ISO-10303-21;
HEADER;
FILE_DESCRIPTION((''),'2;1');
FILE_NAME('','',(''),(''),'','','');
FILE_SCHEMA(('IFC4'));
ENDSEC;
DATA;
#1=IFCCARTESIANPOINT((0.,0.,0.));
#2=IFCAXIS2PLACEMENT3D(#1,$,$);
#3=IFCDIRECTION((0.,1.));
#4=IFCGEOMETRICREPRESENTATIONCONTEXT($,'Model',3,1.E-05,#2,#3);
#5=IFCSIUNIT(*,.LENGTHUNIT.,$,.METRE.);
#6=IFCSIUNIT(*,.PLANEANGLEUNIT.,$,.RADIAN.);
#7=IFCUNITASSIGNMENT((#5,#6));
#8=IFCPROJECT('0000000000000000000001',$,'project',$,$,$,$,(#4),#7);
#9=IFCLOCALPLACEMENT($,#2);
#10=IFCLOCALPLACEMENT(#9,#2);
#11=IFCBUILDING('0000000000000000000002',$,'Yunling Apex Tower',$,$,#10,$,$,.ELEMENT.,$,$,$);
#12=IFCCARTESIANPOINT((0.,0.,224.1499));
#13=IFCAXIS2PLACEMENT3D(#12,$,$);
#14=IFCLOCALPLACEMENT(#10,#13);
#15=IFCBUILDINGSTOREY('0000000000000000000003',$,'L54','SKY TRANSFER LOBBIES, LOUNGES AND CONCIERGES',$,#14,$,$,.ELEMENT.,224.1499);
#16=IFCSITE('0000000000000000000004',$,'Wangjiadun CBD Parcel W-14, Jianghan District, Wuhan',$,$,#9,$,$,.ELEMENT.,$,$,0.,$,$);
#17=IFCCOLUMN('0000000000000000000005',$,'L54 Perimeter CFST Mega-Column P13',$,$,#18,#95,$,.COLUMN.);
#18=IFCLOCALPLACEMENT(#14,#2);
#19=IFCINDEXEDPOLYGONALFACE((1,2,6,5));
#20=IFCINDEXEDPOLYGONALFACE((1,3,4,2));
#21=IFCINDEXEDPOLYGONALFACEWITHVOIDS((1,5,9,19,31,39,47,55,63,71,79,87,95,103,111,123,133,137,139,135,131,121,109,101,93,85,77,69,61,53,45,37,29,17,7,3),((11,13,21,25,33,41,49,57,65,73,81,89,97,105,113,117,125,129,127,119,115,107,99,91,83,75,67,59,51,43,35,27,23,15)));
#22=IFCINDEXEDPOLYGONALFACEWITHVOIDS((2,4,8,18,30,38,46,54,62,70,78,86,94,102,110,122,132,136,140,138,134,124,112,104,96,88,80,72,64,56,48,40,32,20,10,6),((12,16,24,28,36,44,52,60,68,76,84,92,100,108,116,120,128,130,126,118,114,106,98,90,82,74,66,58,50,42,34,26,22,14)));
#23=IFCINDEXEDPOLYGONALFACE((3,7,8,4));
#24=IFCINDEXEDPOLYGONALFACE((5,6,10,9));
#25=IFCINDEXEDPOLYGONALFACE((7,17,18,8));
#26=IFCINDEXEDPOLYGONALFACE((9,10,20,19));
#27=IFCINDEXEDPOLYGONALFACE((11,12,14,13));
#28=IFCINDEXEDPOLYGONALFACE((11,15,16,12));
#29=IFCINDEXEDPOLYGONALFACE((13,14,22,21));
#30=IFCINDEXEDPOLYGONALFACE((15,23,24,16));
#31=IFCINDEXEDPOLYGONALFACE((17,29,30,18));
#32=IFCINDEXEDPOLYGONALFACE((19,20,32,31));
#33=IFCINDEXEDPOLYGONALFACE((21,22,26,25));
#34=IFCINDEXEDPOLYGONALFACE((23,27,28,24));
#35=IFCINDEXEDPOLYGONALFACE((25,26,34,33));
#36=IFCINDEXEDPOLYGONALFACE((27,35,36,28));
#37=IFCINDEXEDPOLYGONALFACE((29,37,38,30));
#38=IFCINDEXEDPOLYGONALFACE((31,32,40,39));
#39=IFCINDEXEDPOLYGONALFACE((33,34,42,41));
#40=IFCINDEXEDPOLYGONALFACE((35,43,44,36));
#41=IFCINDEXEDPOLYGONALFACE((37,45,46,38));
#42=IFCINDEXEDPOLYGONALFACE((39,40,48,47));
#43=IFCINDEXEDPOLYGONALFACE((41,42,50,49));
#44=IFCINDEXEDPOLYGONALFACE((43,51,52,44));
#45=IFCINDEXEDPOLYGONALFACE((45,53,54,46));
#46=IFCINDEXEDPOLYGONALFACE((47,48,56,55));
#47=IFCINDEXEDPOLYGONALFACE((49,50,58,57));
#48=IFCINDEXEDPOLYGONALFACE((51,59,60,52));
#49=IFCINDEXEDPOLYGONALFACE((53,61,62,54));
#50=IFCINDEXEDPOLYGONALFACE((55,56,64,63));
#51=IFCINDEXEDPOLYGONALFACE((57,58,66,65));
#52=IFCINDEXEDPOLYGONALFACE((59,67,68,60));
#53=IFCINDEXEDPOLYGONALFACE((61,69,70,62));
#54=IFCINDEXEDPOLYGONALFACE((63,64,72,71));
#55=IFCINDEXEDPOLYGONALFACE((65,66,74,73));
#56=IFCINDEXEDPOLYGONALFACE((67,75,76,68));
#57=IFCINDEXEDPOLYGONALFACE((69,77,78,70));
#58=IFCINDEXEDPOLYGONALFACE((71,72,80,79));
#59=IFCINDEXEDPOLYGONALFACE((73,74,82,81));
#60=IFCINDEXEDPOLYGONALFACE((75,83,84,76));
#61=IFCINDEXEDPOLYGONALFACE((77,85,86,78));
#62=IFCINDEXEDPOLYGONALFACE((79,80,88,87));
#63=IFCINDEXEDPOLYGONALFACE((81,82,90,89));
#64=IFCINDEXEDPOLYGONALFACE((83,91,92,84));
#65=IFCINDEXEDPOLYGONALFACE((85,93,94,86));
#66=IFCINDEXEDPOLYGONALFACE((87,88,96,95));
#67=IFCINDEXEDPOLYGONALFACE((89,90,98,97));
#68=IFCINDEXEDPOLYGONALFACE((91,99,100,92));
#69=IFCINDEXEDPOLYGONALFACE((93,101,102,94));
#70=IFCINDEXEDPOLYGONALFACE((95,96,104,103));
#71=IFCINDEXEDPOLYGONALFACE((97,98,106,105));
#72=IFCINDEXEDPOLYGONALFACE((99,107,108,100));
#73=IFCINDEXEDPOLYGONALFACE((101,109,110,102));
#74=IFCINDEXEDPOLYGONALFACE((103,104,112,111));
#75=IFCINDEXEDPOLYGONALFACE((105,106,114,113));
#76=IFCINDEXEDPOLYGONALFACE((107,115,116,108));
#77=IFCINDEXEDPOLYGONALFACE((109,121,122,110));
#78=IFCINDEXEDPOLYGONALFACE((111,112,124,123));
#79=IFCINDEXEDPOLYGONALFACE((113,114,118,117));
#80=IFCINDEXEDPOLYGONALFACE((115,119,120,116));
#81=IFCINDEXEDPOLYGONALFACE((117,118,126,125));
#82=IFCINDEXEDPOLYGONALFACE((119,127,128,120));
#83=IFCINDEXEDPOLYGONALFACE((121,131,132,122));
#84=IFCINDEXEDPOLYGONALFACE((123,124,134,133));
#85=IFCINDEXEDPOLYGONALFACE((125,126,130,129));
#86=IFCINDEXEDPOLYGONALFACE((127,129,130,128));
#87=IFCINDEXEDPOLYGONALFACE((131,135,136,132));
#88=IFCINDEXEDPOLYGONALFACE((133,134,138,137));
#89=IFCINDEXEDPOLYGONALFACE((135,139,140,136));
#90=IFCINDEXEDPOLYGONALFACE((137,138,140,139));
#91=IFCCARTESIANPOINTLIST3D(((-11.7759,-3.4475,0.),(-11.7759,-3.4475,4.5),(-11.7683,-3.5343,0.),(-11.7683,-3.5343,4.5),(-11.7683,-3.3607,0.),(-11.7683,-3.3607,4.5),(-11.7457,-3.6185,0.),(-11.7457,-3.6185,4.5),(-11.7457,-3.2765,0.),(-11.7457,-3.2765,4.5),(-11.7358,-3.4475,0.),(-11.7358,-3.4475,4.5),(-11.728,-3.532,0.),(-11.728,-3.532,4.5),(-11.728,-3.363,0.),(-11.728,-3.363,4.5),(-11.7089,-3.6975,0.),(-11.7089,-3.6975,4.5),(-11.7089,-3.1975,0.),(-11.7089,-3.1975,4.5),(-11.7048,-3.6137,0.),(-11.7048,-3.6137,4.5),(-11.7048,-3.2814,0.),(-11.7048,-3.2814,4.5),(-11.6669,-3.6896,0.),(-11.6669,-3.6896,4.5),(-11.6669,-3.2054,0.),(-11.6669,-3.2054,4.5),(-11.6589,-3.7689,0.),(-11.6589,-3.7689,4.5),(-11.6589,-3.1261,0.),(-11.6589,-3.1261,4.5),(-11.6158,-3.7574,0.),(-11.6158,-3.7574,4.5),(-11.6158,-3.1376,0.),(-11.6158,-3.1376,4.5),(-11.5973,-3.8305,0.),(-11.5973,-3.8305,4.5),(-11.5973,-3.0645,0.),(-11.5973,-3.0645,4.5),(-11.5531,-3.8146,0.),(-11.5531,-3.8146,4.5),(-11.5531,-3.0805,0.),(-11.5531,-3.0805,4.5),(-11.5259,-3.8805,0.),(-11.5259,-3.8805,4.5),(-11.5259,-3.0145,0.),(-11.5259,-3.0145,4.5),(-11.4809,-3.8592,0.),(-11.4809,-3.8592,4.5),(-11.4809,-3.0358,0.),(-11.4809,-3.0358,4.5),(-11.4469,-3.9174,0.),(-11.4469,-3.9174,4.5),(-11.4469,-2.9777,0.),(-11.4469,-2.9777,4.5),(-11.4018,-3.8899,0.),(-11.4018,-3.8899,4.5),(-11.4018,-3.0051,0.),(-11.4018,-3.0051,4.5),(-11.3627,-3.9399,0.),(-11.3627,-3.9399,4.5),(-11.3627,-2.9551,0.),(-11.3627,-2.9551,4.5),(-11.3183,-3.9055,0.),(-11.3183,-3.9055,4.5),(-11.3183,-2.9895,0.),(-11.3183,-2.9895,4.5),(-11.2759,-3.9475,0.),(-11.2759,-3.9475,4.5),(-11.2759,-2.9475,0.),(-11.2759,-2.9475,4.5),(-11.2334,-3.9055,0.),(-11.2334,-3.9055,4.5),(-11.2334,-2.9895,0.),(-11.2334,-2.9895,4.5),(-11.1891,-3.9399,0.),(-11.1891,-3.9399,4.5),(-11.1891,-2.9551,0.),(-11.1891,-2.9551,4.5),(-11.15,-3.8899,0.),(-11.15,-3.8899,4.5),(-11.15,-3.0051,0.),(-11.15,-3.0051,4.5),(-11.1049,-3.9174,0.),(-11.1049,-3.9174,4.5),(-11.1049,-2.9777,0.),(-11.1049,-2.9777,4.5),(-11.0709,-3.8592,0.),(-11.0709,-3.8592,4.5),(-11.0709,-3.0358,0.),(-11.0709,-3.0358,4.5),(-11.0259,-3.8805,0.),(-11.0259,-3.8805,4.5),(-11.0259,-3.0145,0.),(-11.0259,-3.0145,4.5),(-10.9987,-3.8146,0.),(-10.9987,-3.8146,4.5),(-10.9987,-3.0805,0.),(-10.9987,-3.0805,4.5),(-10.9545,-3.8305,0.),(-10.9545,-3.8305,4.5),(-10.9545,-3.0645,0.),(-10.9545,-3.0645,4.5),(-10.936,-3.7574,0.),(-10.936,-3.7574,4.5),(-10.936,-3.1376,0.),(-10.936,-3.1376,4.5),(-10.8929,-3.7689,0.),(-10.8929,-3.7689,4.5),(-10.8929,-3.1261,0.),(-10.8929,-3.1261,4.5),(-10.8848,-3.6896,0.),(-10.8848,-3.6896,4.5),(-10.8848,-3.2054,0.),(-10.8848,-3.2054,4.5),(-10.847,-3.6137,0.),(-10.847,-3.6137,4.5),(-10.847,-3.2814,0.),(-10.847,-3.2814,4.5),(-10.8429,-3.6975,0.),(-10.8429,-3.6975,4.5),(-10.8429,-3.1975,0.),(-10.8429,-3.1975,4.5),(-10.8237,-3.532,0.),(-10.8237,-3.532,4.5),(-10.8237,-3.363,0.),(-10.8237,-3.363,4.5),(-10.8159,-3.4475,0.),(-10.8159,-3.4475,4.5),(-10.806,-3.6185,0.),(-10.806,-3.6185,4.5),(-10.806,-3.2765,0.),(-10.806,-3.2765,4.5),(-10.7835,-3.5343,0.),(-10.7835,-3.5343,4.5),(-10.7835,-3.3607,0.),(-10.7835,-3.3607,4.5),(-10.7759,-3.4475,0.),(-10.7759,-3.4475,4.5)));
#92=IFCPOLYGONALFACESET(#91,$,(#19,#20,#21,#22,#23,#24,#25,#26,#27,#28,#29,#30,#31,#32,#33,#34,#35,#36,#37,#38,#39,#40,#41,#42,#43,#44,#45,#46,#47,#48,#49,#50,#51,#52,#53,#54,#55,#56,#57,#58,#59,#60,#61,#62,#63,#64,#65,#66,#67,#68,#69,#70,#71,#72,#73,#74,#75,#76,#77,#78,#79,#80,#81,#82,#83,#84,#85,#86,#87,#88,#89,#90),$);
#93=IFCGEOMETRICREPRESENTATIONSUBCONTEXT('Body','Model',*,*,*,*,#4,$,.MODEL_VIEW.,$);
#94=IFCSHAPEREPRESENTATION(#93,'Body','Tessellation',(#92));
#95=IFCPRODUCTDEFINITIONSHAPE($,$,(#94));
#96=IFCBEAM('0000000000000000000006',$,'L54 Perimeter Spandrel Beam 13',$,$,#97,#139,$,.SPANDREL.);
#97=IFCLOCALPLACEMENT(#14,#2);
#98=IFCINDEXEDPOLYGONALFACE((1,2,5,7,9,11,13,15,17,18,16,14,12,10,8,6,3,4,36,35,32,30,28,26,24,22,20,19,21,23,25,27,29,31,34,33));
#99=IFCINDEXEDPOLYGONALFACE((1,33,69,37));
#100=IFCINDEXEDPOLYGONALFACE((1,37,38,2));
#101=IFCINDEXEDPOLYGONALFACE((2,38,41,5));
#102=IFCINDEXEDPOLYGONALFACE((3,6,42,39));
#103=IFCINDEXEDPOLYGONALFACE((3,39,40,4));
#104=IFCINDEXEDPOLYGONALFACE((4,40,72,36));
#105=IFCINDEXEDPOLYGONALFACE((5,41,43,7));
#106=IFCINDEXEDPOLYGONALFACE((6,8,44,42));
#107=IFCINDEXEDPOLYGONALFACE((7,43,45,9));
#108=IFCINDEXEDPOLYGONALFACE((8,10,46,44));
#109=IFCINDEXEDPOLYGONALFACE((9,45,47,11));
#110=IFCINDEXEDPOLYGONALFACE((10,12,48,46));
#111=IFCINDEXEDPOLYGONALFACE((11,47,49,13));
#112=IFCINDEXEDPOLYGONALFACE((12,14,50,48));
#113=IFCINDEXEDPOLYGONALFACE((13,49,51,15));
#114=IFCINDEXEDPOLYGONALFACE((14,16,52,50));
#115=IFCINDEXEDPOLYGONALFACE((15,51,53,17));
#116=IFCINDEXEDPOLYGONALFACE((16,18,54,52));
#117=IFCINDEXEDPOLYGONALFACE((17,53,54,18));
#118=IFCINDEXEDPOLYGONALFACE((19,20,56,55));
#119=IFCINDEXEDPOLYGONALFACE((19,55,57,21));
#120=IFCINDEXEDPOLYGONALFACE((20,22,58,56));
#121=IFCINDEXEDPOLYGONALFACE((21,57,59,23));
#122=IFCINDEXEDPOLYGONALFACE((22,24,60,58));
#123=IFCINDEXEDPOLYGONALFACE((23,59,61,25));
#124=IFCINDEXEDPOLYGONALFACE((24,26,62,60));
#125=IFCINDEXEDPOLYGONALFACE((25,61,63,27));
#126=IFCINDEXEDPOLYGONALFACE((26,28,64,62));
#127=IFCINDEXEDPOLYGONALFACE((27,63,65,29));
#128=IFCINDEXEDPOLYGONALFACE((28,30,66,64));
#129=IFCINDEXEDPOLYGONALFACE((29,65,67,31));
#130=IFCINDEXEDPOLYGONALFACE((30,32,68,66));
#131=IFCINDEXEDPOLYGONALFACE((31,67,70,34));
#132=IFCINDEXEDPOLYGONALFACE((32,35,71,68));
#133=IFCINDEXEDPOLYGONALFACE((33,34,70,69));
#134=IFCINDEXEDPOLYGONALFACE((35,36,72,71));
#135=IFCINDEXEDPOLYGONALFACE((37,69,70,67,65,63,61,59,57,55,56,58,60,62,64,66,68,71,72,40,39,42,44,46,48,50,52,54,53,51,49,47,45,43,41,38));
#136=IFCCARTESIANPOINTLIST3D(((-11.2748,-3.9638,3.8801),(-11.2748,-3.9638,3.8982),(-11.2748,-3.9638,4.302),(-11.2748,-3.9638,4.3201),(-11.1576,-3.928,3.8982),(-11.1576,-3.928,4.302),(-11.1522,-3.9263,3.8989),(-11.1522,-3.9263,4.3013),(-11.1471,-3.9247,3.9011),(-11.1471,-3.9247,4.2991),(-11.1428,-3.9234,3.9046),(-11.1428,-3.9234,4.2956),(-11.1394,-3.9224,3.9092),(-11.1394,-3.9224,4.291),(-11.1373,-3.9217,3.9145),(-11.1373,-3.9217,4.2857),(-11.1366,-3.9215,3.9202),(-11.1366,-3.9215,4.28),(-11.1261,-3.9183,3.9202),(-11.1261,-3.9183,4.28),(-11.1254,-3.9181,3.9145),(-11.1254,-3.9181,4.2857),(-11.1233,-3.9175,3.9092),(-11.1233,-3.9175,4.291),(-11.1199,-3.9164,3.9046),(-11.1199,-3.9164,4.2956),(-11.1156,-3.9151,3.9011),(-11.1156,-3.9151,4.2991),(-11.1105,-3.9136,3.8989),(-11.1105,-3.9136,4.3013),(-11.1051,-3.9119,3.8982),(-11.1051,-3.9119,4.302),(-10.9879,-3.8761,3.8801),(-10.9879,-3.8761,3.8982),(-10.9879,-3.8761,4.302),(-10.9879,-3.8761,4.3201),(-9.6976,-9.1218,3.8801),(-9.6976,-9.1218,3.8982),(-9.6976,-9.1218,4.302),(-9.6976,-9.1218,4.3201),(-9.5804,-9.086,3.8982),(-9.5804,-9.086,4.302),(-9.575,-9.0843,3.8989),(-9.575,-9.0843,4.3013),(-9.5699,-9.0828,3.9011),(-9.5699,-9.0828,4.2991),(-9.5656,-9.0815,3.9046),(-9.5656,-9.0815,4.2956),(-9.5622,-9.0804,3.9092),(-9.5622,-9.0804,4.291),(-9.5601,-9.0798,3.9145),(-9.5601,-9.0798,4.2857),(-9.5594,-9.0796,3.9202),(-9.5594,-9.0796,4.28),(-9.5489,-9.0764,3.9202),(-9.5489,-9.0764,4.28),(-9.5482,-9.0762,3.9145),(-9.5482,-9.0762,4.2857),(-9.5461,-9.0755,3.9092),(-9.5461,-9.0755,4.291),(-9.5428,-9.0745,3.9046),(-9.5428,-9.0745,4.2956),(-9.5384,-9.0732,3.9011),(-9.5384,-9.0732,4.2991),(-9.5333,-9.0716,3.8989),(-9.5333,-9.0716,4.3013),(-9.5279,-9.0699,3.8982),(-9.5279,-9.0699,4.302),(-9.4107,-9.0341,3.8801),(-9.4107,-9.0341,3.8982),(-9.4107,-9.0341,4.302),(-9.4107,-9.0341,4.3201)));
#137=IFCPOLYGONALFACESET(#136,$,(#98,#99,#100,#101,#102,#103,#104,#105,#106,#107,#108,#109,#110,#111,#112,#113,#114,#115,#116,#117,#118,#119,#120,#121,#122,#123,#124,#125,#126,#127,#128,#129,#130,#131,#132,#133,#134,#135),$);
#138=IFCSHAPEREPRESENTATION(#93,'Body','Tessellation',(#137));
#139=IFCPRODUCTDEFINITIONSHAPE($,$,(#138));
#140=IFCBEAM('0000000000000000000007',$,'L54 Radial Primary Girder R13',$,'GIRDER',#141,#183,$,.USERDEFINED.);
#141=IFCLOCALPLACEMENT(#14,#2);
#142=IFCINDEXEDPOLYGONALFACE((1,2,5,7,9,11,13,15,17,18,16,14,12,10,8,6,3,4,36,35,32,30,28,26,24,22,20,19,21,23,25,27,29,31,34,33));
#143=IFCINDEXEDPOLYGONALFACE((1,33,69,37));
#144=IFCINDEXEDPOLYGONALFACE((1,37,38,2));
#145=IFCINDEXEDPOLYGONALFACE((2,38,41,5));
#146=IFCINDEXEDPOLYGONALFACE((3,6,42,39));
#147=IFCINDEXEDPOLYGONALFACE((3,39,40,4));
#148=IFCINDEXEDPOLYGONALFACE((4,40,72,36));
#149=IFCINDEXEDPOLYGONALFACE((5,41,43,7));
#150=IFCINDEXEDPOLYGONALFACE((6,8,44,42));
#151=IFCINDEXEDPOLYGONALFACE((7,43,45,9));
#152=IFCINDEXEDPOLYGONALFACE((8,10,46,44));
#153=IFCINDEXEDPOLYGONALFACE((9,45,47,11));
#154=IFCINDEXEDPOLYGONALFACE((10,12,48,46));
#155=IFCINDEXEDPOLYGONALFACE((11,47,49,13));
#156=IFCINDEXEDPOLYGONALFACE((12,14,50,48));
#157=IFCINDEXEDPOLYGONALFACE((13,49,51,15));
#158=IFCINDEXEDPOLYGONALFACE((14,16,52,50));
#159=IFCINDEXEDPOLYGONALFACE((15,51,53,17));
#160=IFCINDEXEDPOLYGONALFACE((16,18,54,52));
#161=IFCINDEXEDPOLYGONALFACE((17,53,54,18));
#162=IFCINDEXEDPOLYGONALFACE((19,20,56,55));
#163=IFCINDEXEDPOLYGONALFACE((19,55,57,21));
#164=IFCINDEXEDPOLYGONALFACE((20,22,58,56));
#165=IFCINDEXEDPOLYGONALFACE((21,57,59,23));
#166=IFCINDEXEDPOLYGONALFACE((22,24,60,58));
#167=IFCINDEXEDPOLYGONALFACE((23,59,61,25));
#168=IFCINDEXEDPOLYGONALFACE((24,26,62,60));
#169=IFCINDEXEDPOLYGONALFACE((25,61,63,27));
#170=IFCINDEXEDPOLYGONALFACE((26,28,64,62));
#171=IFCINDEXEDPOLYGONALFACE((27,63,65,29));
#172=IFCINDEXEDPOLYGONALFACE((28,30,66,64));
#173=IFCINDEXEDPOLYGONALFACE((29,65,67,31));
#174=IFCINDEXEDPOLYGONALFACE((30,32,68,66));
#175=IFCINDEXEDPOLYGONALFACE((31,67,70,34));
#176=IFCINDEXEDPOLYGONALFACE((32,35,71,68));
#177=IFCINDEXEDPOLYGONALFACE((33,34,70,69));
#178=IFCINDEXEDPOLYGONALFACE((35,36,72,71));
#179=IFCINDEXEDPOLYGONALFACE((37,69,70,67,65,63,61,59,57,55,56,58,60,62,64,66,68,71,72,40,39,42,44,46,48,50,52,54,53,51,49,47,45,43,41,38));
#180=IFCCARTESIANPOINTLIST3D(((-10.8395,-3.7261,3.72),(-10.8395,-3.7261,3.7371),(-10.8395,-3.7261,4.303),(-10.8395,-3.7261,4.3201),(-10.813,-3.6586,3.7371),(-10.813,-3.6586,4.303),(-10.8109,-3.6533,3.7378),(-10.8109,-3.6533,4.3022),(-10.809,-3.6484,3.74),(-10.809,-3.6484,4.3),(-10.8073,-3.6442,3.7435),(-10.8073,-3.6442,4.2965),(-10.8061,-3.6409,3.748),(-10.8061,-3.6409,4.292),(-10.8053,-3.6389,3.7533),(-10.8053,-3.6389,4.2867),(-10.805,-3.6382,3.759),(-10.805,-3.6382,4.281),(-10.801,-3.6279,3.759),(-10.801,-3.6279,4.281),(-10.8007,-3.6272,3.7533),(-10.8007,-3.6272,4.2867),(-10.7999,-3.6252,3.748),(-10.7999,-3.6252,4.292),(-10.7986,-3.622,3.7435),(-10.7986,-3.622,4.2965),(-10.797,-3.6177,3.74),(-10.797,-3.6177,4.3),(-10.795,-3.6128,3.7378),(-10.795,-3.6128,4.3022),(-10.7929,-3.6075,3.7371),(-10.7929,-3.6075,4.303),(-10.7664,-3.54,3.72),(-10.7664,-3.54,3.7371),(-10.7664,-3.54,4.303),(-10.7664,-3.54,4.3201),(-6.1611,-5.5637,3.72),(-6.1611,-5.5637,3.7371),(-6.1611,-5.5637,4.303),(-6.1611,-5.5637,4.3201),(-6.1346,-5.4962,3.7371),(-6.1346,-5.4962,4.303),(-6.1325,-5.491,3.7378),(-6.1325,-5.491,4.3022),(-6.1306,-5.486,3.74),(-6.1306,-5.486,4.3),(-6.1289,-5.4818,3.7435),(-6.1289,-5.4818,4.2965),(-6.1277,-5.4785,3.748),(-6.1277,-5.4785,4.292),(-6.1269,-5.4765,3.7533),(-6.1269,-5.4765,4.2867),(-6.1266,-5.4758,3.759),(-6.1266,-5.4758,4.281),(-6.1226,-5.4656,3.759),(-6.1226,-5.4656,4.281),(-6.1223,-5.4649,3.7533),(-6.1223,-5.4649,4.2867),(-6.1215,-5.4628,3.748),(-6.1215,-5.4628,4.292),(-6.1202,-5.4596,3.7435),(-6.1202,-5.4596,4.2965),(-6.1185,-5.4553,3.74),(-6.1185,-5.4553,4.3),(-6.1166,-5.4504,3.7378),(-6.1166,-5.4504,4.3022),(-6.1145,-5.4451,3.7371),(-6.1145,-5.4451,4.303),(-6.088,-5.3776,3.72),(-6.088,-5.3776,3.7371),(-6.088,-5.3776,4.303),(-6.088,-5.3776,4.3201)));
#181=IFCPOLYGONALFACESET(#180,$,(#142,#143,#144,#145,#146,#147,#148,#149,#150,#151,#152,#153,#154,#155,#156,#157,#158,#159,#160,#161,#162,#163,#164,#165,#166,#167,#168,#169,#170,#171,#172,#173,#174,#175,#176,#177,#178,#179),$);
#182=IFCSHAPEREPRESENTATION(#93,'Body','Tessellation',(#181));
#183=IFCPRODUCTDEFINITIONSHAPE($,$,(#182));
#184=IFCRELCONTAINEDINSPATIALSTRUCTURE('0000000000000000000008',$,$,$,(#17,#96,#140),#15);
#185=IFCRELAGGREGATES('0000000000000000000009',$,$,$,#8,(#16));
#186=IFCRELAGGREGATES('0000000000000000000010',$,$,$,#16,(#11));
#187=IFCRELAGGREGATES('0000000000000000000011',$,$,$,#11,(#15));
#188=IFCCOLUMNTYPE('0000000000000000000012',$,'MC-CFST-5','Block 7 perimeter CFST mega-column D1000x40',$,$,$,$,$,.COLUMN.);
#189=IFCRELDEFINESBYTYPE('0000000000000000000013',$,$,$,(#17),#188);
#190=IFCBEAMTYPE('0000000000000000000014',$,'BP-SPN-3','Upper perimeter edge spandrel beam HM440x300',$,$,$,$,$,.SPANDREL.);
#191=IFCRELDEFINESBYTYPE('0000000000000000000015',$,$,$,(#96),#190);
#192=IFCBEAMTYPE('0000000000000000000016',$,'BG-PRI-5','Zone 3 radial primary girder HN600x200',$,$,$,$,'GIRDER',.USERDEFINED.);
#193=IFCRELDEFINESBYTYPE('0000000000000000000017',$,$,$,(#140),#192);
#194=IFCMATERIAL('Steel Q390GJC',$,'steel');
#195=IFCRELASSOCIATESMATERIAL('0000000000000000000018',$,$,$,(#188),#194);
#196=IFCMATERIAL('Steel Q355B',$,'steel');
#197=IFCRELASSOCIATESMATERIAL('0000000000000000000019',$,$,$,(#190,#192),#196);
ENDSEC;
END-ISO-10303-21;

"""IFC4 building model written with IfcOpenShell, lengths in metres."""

from ifc_helpers import new_model, si_unit, direction, frame, origin, origin_2d, place, context, subcontext, project, spatial, hollow_circle, i_section, extrude, source, transform, mapped, material, material_profile, profile_set, type_object, element, save


model = new_model("IFC4")

# Units and contexts
model_context = context("Model", 3, precision=1e-05, world=origin(), true_north=direction((0.0, 1.0)))
body_context = subcontext(model_context, "Body", "Model", "MODEL_VIEW")
ifc_project = project(units=[si_unit("LENGTHUNIT", "METRE"), si_unit("PLANEANGLEUNIT", "RADIAN")], contexts=[model_context])

# Site, building, storey
site_placement = place(None, origin())
site = spatial("IfcSite", under=ifc_project, at=site_placement, Name="Wangjiadun CBD Parcel W-14, Jianghan District, Wuhan", CompositionType="ELEMENT", RefElevation=0.0)
building_placement = place(site_placement, origin())
building = spatial("IfcBuilding", under=site, at=building_placement, Name="Yunling Apex Tower", CompositionType="ELEMENT")
storey_placement = place(building_placement, frame((0.0, 0.0, 224.1499)))
storey = spatial("IfcBuildingStorey", under=building, at=storey_placement, Name="L54", Description="SKY TRANSFER LOBBIES, LOUNGES AND CONCIERGES", CompositionType="ELEMENT", Elevation=224.1499)

# Column
ifc_material_1 = material(Name="Steel Q390GJC", Category="steel")
ifc_material_profile_1 = material_profile(ifc_material_1, hollow_circle(Radius=0.5, WallThickness=0.04, at=origin_2d()))
ifc_profile_set_1 = profile_set([ifc_material_profile_1], Name="Steel Q390GJC")
column_type = type_object("IfcColumnType", Name="MC-CFST-5", Description="Block 7 perimeter CFST mega-column D1000x40", PredefinedType="COLUMN", material=ifc_profile_set_1)
shared_shape_1 = source(origin(), body_context, "Body", "SweptSolid", [
    extrude(hollow_circle(Radius=0.5, WallThickness=0.04, at=origin_2d()), origin(), (0.0, 0.0, 1.0), 4.5),
])
column_placement = place(storey_placement, frame((-11.2759, -3.4475, 0.0), z_axis=(0.0, 0.0, 1.0), x_axis=(1.0, 0.0, 0.0)))
element("IfcColumn", 1, at=column_placement, inside=storey, type_object=column_type, Name="L54 Perimeter CFST Mega-Column P13", PredefinedType="COLUMN", context=body_context, shape_type="MappedRepresentation", body=[
    mapped(shared_shape_1, transform((0.0, 0.0, 0.0), scale=1.0)),
])

# Beams
ifc_material_2 = material(Name="Steel Q355B", Category="steel")
ifc_material_profile_2 = material_profile(ifc_material_2, i_section(OverallWidth=0.3, OverallDepth=0.4399, WebThickness=0.011, FlangeThickness=0.0181, FilletRadius=0.022, at=origin_2d()))
ifc_profile_set_2 = profile_set([ifc_material_profile_2], Name="Steel Q355B")
beam_type_1 = type_object("IfcBeamType", Name="BP-SPN-3", Description="Upper perimeter edge spandrel beam HM440x300", PredefinedType="SPANDREL", material=ifc_profile_set_2)
shared_shape_2 = source(origin(), body_context, "Body", "SweptSolid", [
    extrude(i_section(OverallWidth=0.3, OverallDepth=0.4399, WebThickness=0.011, FlangeThickness=0.0181, FilletRadius=0.022, at=origin_2d()), origin(), (0.0, 0.0, 1.0), 5.3938),
])
beam_1_placement = place(storey_placement, frame((-11.1313, -3.9199, 4.1001), z_axis=(0.292406, -0.956294, 0.0), x_axis=(0.956294, 0.292406, 0.0)))
element("IfcBeam", 2, at=beam_1_placement, inside=storey, type_object=beam_type_1, Name="L54 Perimeter Spandrel Beam 13", PredefinedType="SPANDREL", context=body_context, shape_type="MappedRepresentation", body=[
    mapped(shared_shape_2, transform((0.0, 0.0, 0.0), scale=1.0)),
])
ifc_material_profile_3 = material_profile(ifc_material_2, i_section(OverallWidth=0.2, OverallDepth=0.6001, WebThickness=0.011, FlangeThickness=0.0171, FilletRadius=0.022, at=origin_2d()))
ifc_profile_set_3 = profile_set([ifc_material_profile_3], Name="Steel Q355B")
beam_type_2 = type_object("IfcBeamType", Name="BG-PRI-5", Description="Zone 3 radial primary girder HN600x200", ElementType="GIRDER", PredefinedType="USERDEFINED", material=ifc_profile_set_3)
shared_shape_3 = source(origin(), body_context, "Body", "SweptSolid", [
    extrude(i_section(OverallWidth=0.2, OverallDepth=0.6001, WebThickness=0.011, FlangeThickness=0.0171, FilletRadius=0.022, at=origin_2d()), origin(), (0.0, 0.0, 1.0), 5.0264),
])
beam_2_placement = place(storey_placement, frame((-10.803, -3.6331, 4.02), z_axis=(0.930773, -0.365597, 0.0), x_axis=(0.365597, 0.930773, 0.0)))
element("IfcBeam", 3, at=beam_2_placement, inside=storey, type_object=beam_type_2, Name="L54 Radial Primary Girder R13", ObjectType="GIRDER", PredefinedType="USERDEFINED", context=body_context, shape_type="MappedRepresentation", body=[
    mapped(shared_shape_3, transform((0.0, 0.0, 0.0), scale=1.0)),
])

save(model, "model.ifc")
